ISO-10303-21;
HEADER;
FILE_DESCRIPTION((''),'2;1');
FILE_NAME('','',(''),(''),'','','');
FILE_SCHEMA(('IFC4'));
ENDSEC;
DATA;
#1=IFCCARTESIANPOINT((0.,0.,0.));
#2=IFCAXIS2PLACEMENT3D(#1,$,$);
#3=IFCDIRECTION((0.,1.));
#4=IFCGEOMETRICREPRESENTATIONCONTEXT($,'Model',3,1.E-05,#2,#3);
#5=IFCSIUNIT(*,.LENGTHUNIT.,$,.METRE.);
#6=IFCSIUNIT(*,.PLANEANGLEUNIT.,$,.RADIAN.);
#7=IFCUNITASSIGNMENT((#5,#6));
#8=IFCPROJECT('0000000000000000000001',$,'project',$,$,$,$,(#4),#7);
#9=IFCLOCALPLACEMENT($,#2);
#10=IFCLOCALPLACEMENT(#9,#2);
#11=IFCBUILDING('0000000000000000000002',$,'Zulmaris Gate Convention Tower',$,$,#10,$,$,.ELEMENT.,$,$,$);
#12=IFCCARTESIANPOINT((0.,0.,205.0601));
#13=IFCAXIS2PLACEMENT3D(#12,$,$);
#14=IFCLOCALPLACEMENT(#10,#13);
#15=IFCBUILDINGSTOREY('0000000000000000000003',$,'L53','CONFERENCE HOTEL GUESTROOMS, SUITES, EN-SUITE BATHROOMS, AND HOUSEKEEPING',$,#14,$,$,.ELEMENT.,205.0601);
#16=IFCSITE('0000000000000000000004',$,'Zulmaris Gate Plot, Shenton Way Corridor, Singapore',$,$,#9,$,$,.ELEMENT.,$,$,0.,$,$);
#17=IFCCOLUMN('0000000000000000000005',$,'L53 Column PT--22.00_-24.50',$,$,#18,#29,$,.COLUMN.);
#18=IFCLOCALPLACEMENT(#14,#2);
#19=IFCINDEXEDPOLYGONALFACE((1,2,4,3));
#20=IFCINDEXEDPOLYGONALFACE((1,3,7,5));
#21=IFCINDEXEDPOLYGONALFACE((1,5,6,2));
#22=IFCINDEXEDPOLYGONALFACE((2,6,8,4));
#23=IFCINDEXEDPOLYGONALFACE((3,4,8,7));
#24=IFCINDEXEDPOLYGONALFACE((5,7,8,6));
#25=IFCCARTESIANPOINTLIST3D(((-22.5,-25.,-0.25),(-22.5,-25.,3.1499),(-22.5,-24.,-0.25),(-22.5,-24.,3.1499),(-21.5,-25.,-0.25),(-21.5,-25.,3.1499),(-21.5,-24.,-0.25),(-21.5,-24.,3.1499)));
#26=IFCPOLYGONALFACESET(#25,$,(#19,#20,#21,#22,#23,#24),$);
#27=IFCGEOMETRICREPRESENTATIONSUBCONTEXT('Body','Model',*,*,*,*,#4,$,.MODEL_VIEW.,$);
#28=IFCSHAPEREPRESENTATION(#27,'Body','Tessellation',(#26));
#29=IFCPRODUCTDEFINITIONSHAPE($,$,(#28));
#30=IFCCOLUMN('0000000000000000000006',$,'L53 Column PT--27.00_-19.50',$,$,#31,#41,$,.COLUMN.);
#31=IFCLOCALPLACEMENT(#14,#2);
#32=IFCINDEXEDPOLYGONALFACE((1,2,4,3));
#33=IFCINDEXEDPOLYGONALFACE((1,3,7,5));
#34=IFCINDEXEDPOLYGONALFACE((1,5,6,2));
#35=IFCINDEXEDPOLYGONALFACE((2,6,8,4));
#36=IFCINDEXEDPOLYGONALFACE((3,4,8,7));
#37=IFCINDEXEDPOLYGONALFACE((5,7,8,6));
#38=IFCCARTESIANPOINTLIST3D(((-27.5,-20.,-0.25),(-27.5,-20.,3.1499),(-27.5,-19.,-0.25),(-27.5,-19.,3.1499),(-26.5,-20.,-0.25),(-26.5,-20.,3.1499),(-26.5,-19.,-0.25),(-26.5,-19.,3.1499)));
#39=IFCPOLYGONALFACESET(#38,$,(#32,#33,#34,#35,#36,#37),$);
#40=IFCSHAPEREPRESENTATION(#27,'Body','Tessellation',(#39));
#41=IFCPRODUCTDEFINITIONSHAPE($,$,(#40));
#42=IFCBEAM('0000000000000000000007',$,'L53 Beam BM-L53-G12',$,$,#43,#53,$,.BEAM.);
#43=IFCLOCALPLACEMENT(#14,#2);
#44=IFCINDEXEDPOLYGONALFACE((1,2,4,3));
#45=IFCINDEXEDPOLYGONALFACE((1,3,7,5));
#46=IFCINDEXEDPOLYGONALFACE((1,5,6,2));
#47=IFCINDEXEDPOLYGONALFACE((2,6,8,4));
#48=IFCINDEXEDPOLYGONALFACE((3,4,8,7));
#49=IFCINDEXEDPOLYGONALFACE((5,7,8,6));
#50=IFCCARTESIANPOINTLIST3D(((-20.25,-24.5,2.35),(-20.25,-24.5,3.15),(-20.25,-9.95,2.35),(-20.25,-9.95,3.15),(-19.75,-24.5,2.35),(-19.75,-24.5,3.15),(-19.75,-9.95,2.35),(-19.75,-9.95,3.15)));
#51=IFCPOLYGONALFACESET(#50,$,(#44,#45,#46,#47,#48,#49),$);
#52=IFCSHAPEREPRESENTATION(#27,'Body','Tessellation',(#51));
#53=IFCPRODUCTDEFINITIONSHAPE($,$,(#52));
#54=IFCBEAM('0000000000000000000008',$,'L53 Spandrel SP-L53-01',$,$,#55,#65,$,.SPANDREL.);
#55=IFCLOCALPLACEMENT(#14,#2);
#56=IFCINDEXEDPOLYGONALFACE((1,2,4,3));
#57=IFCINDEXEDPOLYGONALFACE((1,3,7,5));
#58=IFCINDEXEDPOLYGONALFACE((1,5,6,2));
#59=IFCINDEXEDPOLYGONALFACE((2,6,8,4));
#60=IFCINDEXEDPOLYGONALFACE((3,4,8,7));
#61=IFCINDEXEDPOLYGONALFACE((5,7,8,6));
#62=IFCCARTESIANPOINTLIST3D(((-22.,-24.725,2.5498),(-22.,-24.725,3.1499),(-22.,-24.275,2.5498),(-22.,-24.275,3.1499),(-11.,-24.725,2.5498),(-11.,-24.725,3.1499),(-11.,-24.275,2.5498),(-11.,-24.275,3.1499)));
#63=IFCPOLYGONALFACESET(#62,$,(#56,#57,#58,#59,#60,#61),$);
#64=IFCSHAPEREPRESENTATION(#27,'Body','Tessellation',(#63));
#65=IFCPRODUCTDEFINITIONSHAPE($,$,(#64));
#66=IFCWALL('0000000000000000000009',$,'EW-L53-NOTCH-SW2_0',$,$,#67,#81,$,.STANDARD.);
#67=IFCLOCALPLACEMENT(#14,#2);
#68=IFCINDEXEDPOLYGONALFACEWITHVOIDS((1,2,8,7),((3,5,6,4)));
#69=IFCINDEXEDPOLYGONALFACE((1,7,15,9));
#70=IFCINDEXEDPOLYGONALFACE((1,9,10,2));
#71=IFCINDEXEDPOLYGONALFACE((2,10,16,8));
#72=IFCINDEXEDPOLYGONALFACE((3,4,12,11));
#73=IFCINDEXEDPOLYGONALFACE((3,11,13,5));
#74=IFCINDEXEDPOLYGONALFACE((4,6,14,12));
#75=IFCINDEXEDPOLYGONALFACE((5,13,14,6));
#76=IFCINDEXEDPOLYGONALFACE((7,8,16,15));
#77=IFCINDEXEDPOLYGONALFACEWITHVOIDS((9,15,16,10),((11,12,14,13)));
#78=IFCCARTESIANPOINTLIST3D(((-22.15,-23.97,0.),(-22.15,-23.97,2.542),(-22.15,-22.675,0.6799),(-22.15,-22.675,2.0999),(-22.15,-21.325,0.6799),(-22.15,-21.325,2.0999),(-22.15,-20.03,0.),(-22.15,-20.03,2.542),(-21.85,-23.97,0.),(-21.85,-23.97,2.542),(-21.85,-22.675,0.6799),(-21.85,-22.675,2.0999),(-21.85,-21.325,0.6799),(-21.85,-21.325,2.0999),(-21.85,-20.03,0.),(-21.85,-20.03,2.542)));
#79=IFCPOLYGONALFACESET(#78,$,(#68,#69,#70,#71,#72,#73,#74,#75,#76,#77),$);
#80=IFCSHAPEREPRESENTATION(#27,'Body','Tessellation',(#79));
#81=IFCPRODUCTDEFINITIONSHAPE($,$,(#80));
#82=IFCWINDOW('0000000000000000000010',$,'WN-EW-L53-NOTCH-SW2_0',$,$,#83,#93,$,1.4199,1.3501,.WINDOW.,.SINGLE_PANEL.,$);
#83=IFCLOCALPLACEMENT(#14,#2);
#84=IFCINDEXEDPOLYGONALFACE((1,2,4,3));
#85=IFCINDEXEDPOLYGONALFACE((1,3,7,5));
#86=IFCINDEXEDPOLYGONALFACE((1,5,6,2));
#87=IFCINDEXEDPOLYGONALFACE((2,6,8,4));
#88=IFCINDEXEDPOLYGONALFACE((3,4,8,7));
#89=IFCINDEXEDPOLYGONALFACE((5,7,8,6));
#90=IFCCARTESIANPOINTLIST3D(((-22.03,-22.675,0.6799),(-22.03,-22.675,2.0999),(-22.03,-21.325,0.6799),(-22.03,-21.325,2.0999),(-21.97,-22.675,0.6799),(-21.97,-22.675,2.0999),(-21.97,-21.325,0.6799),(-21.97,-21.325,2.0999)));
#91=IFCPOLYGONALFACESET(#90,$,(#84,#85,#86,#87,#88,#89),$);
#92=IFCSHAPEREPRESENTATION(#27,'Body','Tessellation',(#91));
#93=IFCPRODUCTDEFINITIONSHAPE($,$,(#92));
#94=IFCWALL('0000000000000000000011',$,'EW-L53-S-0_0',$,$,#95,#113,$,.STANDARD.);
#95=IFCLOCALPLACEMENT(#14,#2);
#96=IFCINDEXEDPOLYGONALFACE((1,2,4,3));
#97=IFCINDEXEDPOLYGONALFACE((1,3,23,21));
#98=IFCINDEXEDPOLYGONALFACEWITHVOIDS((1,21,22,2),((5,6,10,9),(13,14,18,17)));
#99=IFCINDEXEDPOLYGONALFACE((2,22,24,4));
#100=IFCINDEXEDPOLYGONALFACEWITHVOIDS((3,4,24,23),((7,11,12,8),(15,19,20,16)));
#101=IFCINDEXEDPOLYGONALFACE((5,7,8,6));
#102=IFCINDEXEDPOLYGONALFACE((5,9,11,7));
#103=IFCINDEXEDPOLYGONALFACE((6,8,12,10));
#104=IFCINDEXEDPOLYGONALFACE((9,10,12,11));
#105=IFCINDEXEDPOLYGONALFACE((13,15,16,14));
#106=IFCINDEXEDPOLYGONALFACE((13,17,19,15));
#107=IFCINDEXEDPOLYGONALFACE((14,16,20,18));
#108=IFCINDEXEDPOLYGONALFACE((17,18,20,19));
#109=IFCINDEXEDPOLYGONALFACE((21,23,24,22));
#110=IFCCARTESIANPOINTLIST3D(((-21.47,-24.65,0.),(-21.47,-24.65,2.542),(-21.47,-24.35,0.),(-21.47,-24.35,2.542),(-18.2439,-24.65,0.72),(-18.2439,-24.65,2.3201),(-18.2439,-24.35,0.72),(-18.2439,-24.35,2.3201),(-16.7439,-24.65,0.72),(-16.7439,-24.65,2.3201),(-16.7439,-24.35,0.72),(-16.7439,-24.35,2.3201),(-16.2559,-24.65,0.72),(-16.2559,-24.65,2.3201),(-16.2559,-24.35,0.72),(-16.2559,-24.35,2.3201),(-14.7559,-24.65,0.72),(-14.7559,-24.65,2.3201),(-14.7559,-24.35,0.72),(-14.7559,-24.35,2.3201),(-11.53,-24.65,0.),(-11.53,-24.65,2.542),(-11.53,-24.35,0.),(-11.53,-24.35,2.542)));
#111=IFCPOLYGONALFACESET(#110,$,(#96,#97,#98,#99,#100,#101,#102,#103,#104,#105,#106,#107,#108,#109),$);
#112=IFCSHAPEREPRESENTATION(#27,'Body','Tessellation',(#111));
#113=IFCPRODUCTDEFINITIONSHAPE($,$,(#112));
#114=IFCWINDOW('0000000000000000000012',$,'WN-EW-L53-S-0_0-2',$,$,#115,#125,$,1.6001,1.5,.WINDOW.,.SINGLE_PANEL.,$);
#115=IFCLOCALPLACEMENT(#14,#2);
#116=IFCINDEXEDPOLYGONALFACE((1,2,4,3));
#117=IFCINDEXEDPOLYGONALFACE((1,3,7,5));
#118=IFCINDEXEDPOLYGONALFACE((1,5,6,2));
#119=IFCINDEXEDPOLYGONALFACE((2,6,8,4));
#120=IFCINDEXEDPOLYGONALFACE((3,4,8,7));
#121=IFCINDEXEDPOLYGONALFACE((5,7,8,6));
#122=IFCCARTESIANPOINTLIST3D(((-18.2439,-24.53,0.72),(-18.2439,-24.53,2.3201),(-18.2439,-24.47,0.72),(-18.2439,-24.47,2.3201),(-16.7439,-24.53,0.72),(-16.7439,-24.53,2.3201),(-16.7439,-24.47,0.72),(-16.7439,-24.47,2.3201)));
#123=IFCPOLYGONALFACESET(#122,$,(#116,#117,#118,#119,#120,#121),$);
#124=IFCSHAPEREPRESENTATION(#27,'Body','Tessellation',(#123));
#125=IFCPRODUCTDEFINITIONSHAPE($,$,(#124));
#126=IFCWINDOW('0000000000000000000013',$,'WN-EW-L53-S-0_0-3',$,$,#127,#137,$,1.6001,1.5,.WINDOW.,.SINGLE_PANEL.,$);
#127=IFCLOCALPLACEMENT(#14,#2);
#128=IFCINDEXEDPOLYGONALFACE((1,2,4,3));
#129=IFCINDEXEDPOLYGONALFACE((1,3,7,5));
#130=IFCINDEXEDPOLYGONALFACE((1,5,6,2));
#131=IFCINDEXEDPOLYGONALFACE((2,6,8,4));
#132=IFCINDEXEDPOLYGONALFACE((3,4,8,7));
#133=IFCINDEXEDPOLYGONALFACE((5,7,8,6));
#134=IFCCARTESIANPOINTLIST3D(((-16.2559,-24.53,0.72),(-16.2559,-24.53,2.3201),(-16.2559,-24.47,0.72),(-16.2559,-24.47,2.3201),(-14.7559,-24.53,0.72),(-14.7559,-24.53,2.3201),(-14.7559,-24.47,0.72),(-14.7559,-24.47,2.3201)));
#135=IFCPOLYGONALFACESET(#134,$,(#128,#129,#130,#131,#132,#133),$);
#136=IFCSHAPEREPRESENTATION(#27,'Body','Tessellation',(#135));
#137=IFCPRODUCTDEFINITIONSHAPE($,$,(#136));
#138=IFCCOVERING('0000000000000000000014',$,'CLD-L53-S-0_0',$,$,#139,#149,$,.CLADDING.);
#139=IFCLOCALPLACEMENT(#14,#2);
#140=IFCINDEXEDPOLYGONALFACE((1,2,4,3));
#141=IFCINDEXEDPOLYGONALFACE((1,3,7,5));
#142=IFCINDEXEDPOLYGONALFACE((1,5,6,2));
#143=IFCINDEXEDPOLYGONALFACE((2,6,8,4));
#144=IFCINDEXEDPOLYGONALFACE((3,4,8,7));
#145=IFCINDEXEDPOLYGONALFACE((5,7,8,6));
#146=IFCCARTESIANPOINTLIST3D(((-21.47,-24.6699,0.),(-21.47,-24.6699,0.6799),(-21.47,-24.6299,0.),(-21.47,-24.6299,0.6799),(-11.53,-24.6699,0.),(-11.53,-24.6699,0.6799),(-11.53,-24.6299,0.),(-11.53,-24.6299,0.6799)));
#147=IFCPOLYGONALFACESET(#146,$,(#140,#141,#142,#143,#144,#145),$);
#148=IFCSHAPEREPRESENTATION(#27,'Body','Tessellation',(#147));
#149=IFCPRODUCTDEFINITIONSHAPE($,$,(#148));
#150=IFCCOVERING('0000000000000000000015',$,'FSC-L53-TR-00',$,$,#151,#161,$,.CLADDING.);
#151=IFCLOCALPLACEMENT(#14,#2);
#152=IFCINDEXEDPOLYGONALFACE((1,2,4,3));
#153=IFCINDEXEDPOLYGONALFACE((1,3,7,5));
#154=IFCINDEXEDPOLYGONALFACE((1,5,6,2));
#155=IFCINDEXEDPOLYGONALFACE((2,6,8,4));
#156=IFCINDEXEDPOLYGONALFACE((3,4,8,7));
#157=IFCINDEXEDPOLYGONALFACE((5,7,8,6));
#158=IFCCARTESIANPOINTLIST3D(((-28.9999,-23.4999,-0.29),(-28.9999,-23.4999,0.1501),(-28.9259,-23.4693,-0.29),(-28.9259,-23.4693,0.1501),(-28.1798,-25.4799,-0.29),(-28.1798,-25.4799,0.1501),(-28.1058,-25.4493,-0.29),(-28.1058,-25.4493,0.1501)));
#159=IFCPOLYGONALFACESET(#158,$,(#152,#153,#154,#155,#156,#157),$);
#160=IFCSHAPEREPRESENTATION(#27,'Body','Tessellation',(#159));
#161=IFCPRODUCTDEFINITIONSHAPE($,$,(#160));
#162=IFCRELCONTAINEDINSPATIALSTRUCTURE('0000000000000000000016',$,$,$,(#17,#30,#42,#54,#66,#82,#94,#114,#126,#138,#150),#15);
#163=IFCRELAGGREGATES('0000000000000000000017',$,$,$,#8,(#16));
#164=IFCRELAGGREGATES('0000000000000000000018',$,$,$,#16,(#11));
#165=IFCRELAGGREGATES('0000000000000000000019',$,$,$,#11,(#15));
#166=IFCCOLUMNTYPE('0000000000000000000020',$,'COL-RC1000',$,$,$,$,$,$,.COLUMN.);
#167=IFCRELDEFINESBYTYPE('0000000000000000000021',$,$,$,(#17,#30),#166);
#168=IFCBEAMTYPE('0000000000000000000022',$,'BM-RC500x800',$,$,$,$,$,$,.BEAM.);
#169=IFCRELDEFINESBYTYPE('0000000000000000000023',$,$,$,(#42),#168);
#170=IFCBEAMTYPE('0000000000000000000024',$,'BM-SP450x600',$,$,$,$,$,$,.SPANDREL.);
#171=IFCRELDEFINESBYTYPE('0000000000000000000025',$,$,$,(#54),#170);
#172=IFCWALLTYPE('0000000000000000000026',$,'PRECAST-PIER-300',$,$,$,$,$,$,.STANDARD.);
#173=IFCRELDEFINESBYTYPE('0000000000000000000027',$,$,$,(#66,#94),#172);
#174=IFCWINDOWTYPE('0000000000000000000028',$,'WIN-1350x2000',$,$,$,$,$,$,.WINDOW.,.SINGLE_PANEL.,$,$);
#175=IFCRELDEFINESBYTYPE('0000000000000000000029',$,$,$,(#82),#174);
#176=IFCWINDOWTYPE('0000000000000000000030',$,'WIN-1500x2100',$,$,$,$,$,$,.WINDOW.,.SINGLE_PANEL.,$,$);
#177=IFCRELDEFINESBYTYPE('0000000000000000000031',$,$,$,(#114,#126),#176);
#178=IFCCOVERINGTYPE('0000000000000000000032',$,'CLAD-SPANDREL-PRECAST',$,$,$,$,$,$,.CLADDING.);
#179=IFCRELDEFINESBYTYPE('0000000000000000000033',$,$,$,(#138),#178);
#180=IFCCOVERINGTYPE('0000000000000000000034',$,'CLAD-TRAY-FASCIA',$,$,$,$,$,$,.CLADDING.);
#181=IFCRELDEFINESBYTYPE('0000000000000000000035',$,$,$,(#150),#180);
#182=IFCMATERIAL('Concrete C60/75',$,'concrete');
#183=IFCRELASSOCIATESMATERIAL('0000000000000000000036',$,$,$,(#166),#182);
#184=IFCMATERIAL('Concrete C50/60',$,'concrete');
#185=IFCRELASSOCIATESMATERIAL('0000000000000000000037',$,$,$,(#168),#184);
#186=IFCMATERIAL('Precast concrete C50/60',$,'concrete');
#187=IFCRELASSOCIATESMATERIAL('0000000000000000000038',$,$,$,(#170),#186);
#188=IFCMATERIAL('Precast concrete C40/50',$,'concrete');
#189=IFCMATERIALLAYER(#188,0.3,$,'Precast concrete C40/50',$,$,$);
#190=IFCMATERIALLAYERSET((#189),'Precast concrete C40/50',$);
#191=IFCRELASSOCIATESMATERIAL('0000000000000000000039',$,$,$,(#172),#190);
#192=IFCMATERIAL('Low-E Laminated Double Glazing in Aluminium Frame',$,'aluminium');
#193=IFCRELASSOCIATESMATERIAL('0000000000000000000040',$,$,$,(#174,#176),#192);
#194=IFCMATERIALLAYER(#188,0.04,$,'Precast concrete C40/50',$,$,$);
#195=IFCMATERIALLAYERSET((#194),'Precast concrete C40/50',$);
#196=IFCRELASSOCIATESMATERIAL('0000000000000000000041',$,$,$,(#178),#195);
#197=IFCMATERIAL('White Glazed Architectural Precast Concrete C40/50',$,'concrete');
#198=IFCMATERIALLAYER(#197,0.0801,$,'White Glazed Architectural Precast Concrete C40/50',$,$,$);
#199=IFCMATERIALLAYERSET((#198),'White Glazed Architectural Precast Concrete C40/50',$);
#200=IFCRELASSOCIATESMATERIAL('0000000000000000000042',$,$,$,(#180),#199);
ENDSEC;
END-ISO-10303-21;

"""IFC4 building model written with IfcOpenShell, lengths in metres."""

from ifc_helpers import new_model, si_unit, direction, frame, frame_2d, origin, origin_2d, place, context, subcontext, project, spatial, rectangle, extrude, material, layer, layer_set, material_profile, profile_set, type_object, element, fill, save


model = new_model("IFC4")

# Units and contexts
model_context = context("Model", 3, precision=1e-05, world=origin(), true_north=direction((0.0, 1.0)))
body_context = subcontext(model_context, "Body", "Model", "MODEL_VIEW")
ifc_project = project(units=[si_unit("LENGTHUNIT", "METRE"), si_unit("PLANEANGLEUNIT", "RADIAN")], contexts=[model_context])

# Site, building, storey
site_placement = place(None, origin())
site = spatial("IfcSite", under=ifc_project, at=site_placement, Name="Zulmaris Gate Plot, Shenton Way Corridor, Singapore", CompositionType="ELEMENT", RefElevation=0.0)
building_placement = place(site_placement, origin())
building = spatial("IfcBuilding", under=site, at=building_placement, Name="Zulmaris Gate Convention Tower", CompositionType="ELEMENT")
storey_placement = place(building_placement, frame((0.0, 0.0, 205.0601)))
storey = spatial("IfcBuildingStorey", under=building, at=storey_placement, Name="L53", Description="CONFERENCE HOTEL GUESTROOMS, SUITES, EN-SUITE BATHROOMS, AND HOUSEKEEPING", CompositionType="ELEMENT", Elevation=205.0601)

# Columns
ifc_material_1 = material(Name="Concrete C60/75", Category="concrete")
ifc_material_profile_1 = material_profile(ifc_material_1, rectangle(XDim=1.0, YDim=1.0, at=origin_2d()), Name="RC COL 1000x1000")
ifc_profile_set_1 = profile_set([ifc_material_profile_1], Name="Concrete C60/75")
column_type = type_object("IfcColumnType", Name="COL-RC1000", PredefinedType="COLUMN", material=ifc_profile_set_1)
for number, where, z_axis, x_axis, name in (
    (1, (-22.0, -24.5, -0.25), (0.0, 0.0, 1.0), (1.0, 0.0, 0.0), "L53 Column PT--22.00_-24.50"),
    (2, (-27.0, -19.5, -0.25), (0.0, 0.0, 1.0), (1.0, 0.0, 0.0), "L53 Column PT--27.00_-19.50"),
):
    element("IfcColumn", number, at=place(storey_placement, frame(where, z_axis=z_axis, x_axis=x_axis)), inside=storey, type_object=column_type, Name=name, PredefinedType="COLUMN", context=body_context, shape_type="SweptSolid", body=[
        extrude(rectangle(XDim=1.0, YDim=1.0, at=origin_2d()), origin(), (0.0, 0.0, 1.0), 3.3999),
    ])

# Beams
ifc_material_2 = material(Name="Concrete C50/60", Category="concrete")
ifc_material_profile_2 = material_profile(ifc_material_2, rectangle(XDim=0.5, YDim=0.8, at=origin_2d()), Name="RC BEAM 500x800")
ifc_profile_set_2 = profile_set([ifc_material_profile_2], Name="Concrete C50/60")
beam_type_1 = type_object("IfcBeamType", Name="BM-RC500x800", PredefinedType="BEAM", material=ifc_profile_set_2)
beam_1_placement = place(storey_placement, frame((-20.0, -24.5, 2.75), z_axis=(0.0, 1.0, 0.0), x_axis=(-1.0, 0.0, 0.0)))
element("IfcBeam", 3, at=beam_1_placement, inside=storey, type_object=beam_type_1, Name="L53 Beam BM-L53-G12", PredefinedType="BEAM", context=body_context, shape_type="SweptSolid", body=[
    extrude(rectangle(XDim=0.5, YDim=0.8, at=origin_2d()), origin(), (0.0, 0.0, 1.0), 14.55),
])
ifc_material_3 = material(Name="Precast concrete C50/60", Category="concrete")
ifc_material_profile_3 = material_profile(ifc_material_3, rectangle(XDim=0.45, YDim=0.6001, at=origin_2d()), Name="RC SPANDREL 450x600")
ifc_profile_set_3 = profile_set([ifc_material_profile_3], Name="Precast concrete C50/60")
beam_type_2 = type_object("IfcBeamType", Name="BM-SP450x600", PredefinedType="SPANDREL", material=ifc_profile_set_3)
beam_2_placement = place(storey_placement, frame((-22.0, -24.5, 2.8499), z_axis=(1.0, 0.0, 0.0), x_axis=(0.0, 1.0, 0.0)))
element("IfcBeam", 4, at=beam_2_placement, inside=storey, type_object=beam_type_2, Name="L53 Spandrel SP-L53-01", PredefinedType="SPANDREL", context=body_context, shape_type="SweptSolid", body=[
    extrude(rectangle(XDim=0.45, YDim=0.6001, at=origin_2d()), origin(), (0.0, 0.0, 1.0), 11.0),
])

# Wall, opening, window
ifc_material_4 = material(Name="Precast concrete C40/50", Category="concrete")
ifc_layer_1 = layer(ifc_material_4, 0.3, Name="Precast concrete C40/50")
ifc_layer_set_1 = layer_set([ifc_layer_1], Name="Precast concrete C40/50")
wall_type = type_object("IfcWallType", Name="PRECAST-PIER-300", PredefinedType="STANDARD", material=ifc_layer_set_1)
wall_1_placement = place(storey_placement, frame((-22.0, -20.03, 0.0), z_axis=(0.0, 0.0, 1.0), x_axis=(0.0, -1.0, 0.0)))
wall_1 = element("IfcWall", 5, at=wall_1_placement, inside=storey, type_object=wall_type, Name="EW-L53-NOTCH-SW2_0", PredefinedType="STANDARD", context=body_context, shape_type="SweptSolid", body=[
    extrude(rectangle(XDim=3.9399, YDim=0.3, at=frame_2d((1.97, 0.0))), origin(), (0.0, 0.0, 1.0), 2.542),
])
opening_1_placement = place(wall_1_placement, frame((1.2949, 0.0, 0.6799)))
opening_1 = element("IfcOpeningElement", 6, at=opening_1_placement, cuts=wall_1, PredefinedType="OPENING", context=body_context, shape_type="SweptSolid", body=[
    extrude(rectangle(XDim=1.3501, YDim=1.4199, at=frame_2d((0.675, 0.71))), frame((0.0, 0.1602, 0.0), z_axis=(0.0, -1.0, 0.0), x_axis=(1.0, 0.0, 0.0)), (0.0, 0.0, 1.0), 0.3201),
])
ifc_material_5 = material(Name="Low-E Laminated Double Glazing in Aluminium Frame", Category="aluminium")
window_type_1 = type_object("IfcWindowType", Name="WIN-1350x2000", PartitioningType="SINGLE_PANEL", PredefinedType="WINDOW", material=ifc_material_5)
window_1_placement = place(opening_1_placement, origin())
window_1 = element("IfcWindow", 7, at=window_1_placement, inside=storey, type_object=window_type_1, Name="WN-EW-L53-NOTCH-SW2_0", OverallHeight=1.4199, OverallWidth=1.3501, PartitioningType="SINGLE_PANEL", PredefinedType="WINDOW", context=body_context, shape_type="SweptSolid", body=[
    extrude(rectangle(XDim=1.3501, YDim=1.4199, at=frame_2d((0.675, 0.71))), frame((0.0, 0.03, 0.0), z_axis=(0.0, -1.0, 0.0), x_axis=(1.0, 0.0, 0.0)), (0.0, 0.0, 1.0), 0.0601),
])
fill(opening_1, window_1)

# Wall, openings, windows
wall_2_placement = place(storey_placement, frame((-21.47, -24.5, 0.0), z_axis=(0.0, 0.0, 1.0), x_axis=(1.0, 0.0, 0.0)))
wall_2 = element("IfcWall", 8, at=wall_2_placement, inside=storey, type_object=wall_type, Name="EW-L53-S-0_0", PredefinedType="STANDARD", context=body_context, shape_type="SweptSolid", body=[
    extrude(rectangle(XDim=9.9399, YDim=0.3, at=frame_2d((4.97, 0.0))), origin(), (0.0, 0.0, 1.0), 2.542),
])
opening_2_placement = place(wall_2_placement, frame((3.2261, 0.0, 0.72)))
opening_2 = element("IfcOpeningElement", 9, at=opening_2_placement, cuts=wall_2, PredefinedType="OPENING", context=body_context, shape_type="SweptSolid", body=[
    extrude(rectangle(XDim=1.5, YDim=1.6001, at=frame_2d((0.75, 0.8))), frame((0.0, 0.1602, 0.0), z_axis=(0.0, -1.0, 0.0), x_axis=(1.0, 0.0, 0.0)), (0.0, 0.0, 1.0), 0.3201),
])
opening_3_placement = place(wall_2_placement, frame((5.2141, 0.0, 0.72)))
opening_3 = element("IfcOpeningElement", 10, at=opening_3_placement, cuts=wall_2, PredefinedType="OPENING", context=body_context, shape_type="SweptSolid", body=[
    extrude(rectangle(XDim=1.5, YDim=1.6001, at=frame_2d((0.75, 0.8))), frame((0.0, 0.1602, 0.0), z_axis=(0.0, -1.0, 0.0), x_axis=(1.0, 0.0, 0.0)), (0.0, 0.0, 1.0), 0.3201),
])
window_type_2 = type_object("IfcWindowType", Name="WIN-1500x2100", PartitioningType="SINGLE_PANEL", PredefinedType="WINDOW", material=ifc_material_5)
window_2_placement = place(opening_2_placement, origin())
window_2 = element("IfcWindow", 11, at=window_2_placement, inside=storey, type_object=window_type_2, Name="WN-EW-L53-S-0_0-2", OverallHeight=1.6001, OverallWidth=1.5, PartitioningType="SINGLE_PANEL", PredefinedType="WINDOW", context=body_context, shape_type="SweptSolid", body=[
    extrude(rectangle(XDim=1.5, YDim=1.6001, at=frame_2d((0.75, 0.8))), frame((0.0, 0.03, 0.0), z_axis=(0.0, -1.0, 0.0), x_axis=(1.0, 0.0, 0.0)), (0.0, 0.0, 1.0), 0.0601),
])
fill(opening_2, window_2)
window_3_placement = place(opening_3_placement, origin())
window_3 = element("IfcWindow", 12, at=window_3_placement, inside=storey, type_object=window_type_2, Name="WN-EW-L53-S-0_0-3", OverallHeight=1.6001, OverallWidth=1.5, PartitioningType="SINGLE_PANEL", PredefinedType="WINDOW", context=body_context, shape_type="SweptSolid", body=[
    extrude(rectangle(XDim=1.5, YDim=1.6001, at=frame_2d((0.75, 0.8))), frame((0.0, 0.03, 0.0), z_axis=(0.0, -1.0, 0.0), x_axis=(1.0, 0.0, 0.0)), (0.0, 0.0, 1.0), 0.0601),
])
fill(opening_3, window_3)

# Coverings
ifc_layer_2 = layer(ifc_material_4, 0.04, Name="Precast concrete C40/50")
ifc_layer_set_2 = layer_set([ifc_layer_2], Name="Precast concrete C40/50")
covering_type_1 = type_object("IfcCoveringType", Name="CLAD-SPANDREL-PRECAST", PredefinedType="CLADDING", material=ifc_layer_set_2)
covering_1_placement = place(storey_placement, frame((-21.47, -24.6499, 0.0), z_axis=(0.0, 0.0, 1.0), x_axis=(1.0, 0.0, 0.0)))
element("IfcCovering", 13, at=covering_1_placement, inside=storey, type_object=covering_type_1, Name="CLD-L53-S-0_0", PredefinedType="CLADDING", context=body_context, shape_type="SweptSolid", body=[
    extrude(rectangle(XDim=9.9399, YDim=0.04, at=frame_2d((4.97, 0.0))), origin(), (0.0, 0.0, 1.0), 0.6799),
])
ifc_material_6 = material(Name="White Glazed Architectural Precast Concrete C40/50", Category="concrete")
ifc_layer_3 = layer(ifc_material_6, 0.0801, Name="White Glazed Architectural Precast Concrete C40/50")
ifc_layer_set_3 = layer_set([ifc_layer_3], Name="White Glazed Architectural Precast Concrete C40/50")
covering_type_2 = type_object("IfcCoveringType", Name="CLAD-TRAY-FASCIA", PredefinedType="CLADDING", material=ifc_layer_set_3)
covering_2_placement = place(storey_placement, frame((-28.9629, -23.4846, -0.29), z_axis=(0.0, 0.0, 1.0), x_axis=(0.382657, -0.92389, 0.0)))
element("IfcCovering", 14, at=covering_2_placement, inside=storey, type_object=covering_type_2, Name="FSC-L53-TR-00", PredefinedType="CLADDING", context=body_context, shape_type="SweptSolid", body=[
    extrude(rectangle(XDim=2.1431, YDim=0.0801, at=frame_2d((1.0715, 0.0))), origin(), (0.0, 0.0, 1.0), 0.4402),
])

save(model, "model.ifc")
